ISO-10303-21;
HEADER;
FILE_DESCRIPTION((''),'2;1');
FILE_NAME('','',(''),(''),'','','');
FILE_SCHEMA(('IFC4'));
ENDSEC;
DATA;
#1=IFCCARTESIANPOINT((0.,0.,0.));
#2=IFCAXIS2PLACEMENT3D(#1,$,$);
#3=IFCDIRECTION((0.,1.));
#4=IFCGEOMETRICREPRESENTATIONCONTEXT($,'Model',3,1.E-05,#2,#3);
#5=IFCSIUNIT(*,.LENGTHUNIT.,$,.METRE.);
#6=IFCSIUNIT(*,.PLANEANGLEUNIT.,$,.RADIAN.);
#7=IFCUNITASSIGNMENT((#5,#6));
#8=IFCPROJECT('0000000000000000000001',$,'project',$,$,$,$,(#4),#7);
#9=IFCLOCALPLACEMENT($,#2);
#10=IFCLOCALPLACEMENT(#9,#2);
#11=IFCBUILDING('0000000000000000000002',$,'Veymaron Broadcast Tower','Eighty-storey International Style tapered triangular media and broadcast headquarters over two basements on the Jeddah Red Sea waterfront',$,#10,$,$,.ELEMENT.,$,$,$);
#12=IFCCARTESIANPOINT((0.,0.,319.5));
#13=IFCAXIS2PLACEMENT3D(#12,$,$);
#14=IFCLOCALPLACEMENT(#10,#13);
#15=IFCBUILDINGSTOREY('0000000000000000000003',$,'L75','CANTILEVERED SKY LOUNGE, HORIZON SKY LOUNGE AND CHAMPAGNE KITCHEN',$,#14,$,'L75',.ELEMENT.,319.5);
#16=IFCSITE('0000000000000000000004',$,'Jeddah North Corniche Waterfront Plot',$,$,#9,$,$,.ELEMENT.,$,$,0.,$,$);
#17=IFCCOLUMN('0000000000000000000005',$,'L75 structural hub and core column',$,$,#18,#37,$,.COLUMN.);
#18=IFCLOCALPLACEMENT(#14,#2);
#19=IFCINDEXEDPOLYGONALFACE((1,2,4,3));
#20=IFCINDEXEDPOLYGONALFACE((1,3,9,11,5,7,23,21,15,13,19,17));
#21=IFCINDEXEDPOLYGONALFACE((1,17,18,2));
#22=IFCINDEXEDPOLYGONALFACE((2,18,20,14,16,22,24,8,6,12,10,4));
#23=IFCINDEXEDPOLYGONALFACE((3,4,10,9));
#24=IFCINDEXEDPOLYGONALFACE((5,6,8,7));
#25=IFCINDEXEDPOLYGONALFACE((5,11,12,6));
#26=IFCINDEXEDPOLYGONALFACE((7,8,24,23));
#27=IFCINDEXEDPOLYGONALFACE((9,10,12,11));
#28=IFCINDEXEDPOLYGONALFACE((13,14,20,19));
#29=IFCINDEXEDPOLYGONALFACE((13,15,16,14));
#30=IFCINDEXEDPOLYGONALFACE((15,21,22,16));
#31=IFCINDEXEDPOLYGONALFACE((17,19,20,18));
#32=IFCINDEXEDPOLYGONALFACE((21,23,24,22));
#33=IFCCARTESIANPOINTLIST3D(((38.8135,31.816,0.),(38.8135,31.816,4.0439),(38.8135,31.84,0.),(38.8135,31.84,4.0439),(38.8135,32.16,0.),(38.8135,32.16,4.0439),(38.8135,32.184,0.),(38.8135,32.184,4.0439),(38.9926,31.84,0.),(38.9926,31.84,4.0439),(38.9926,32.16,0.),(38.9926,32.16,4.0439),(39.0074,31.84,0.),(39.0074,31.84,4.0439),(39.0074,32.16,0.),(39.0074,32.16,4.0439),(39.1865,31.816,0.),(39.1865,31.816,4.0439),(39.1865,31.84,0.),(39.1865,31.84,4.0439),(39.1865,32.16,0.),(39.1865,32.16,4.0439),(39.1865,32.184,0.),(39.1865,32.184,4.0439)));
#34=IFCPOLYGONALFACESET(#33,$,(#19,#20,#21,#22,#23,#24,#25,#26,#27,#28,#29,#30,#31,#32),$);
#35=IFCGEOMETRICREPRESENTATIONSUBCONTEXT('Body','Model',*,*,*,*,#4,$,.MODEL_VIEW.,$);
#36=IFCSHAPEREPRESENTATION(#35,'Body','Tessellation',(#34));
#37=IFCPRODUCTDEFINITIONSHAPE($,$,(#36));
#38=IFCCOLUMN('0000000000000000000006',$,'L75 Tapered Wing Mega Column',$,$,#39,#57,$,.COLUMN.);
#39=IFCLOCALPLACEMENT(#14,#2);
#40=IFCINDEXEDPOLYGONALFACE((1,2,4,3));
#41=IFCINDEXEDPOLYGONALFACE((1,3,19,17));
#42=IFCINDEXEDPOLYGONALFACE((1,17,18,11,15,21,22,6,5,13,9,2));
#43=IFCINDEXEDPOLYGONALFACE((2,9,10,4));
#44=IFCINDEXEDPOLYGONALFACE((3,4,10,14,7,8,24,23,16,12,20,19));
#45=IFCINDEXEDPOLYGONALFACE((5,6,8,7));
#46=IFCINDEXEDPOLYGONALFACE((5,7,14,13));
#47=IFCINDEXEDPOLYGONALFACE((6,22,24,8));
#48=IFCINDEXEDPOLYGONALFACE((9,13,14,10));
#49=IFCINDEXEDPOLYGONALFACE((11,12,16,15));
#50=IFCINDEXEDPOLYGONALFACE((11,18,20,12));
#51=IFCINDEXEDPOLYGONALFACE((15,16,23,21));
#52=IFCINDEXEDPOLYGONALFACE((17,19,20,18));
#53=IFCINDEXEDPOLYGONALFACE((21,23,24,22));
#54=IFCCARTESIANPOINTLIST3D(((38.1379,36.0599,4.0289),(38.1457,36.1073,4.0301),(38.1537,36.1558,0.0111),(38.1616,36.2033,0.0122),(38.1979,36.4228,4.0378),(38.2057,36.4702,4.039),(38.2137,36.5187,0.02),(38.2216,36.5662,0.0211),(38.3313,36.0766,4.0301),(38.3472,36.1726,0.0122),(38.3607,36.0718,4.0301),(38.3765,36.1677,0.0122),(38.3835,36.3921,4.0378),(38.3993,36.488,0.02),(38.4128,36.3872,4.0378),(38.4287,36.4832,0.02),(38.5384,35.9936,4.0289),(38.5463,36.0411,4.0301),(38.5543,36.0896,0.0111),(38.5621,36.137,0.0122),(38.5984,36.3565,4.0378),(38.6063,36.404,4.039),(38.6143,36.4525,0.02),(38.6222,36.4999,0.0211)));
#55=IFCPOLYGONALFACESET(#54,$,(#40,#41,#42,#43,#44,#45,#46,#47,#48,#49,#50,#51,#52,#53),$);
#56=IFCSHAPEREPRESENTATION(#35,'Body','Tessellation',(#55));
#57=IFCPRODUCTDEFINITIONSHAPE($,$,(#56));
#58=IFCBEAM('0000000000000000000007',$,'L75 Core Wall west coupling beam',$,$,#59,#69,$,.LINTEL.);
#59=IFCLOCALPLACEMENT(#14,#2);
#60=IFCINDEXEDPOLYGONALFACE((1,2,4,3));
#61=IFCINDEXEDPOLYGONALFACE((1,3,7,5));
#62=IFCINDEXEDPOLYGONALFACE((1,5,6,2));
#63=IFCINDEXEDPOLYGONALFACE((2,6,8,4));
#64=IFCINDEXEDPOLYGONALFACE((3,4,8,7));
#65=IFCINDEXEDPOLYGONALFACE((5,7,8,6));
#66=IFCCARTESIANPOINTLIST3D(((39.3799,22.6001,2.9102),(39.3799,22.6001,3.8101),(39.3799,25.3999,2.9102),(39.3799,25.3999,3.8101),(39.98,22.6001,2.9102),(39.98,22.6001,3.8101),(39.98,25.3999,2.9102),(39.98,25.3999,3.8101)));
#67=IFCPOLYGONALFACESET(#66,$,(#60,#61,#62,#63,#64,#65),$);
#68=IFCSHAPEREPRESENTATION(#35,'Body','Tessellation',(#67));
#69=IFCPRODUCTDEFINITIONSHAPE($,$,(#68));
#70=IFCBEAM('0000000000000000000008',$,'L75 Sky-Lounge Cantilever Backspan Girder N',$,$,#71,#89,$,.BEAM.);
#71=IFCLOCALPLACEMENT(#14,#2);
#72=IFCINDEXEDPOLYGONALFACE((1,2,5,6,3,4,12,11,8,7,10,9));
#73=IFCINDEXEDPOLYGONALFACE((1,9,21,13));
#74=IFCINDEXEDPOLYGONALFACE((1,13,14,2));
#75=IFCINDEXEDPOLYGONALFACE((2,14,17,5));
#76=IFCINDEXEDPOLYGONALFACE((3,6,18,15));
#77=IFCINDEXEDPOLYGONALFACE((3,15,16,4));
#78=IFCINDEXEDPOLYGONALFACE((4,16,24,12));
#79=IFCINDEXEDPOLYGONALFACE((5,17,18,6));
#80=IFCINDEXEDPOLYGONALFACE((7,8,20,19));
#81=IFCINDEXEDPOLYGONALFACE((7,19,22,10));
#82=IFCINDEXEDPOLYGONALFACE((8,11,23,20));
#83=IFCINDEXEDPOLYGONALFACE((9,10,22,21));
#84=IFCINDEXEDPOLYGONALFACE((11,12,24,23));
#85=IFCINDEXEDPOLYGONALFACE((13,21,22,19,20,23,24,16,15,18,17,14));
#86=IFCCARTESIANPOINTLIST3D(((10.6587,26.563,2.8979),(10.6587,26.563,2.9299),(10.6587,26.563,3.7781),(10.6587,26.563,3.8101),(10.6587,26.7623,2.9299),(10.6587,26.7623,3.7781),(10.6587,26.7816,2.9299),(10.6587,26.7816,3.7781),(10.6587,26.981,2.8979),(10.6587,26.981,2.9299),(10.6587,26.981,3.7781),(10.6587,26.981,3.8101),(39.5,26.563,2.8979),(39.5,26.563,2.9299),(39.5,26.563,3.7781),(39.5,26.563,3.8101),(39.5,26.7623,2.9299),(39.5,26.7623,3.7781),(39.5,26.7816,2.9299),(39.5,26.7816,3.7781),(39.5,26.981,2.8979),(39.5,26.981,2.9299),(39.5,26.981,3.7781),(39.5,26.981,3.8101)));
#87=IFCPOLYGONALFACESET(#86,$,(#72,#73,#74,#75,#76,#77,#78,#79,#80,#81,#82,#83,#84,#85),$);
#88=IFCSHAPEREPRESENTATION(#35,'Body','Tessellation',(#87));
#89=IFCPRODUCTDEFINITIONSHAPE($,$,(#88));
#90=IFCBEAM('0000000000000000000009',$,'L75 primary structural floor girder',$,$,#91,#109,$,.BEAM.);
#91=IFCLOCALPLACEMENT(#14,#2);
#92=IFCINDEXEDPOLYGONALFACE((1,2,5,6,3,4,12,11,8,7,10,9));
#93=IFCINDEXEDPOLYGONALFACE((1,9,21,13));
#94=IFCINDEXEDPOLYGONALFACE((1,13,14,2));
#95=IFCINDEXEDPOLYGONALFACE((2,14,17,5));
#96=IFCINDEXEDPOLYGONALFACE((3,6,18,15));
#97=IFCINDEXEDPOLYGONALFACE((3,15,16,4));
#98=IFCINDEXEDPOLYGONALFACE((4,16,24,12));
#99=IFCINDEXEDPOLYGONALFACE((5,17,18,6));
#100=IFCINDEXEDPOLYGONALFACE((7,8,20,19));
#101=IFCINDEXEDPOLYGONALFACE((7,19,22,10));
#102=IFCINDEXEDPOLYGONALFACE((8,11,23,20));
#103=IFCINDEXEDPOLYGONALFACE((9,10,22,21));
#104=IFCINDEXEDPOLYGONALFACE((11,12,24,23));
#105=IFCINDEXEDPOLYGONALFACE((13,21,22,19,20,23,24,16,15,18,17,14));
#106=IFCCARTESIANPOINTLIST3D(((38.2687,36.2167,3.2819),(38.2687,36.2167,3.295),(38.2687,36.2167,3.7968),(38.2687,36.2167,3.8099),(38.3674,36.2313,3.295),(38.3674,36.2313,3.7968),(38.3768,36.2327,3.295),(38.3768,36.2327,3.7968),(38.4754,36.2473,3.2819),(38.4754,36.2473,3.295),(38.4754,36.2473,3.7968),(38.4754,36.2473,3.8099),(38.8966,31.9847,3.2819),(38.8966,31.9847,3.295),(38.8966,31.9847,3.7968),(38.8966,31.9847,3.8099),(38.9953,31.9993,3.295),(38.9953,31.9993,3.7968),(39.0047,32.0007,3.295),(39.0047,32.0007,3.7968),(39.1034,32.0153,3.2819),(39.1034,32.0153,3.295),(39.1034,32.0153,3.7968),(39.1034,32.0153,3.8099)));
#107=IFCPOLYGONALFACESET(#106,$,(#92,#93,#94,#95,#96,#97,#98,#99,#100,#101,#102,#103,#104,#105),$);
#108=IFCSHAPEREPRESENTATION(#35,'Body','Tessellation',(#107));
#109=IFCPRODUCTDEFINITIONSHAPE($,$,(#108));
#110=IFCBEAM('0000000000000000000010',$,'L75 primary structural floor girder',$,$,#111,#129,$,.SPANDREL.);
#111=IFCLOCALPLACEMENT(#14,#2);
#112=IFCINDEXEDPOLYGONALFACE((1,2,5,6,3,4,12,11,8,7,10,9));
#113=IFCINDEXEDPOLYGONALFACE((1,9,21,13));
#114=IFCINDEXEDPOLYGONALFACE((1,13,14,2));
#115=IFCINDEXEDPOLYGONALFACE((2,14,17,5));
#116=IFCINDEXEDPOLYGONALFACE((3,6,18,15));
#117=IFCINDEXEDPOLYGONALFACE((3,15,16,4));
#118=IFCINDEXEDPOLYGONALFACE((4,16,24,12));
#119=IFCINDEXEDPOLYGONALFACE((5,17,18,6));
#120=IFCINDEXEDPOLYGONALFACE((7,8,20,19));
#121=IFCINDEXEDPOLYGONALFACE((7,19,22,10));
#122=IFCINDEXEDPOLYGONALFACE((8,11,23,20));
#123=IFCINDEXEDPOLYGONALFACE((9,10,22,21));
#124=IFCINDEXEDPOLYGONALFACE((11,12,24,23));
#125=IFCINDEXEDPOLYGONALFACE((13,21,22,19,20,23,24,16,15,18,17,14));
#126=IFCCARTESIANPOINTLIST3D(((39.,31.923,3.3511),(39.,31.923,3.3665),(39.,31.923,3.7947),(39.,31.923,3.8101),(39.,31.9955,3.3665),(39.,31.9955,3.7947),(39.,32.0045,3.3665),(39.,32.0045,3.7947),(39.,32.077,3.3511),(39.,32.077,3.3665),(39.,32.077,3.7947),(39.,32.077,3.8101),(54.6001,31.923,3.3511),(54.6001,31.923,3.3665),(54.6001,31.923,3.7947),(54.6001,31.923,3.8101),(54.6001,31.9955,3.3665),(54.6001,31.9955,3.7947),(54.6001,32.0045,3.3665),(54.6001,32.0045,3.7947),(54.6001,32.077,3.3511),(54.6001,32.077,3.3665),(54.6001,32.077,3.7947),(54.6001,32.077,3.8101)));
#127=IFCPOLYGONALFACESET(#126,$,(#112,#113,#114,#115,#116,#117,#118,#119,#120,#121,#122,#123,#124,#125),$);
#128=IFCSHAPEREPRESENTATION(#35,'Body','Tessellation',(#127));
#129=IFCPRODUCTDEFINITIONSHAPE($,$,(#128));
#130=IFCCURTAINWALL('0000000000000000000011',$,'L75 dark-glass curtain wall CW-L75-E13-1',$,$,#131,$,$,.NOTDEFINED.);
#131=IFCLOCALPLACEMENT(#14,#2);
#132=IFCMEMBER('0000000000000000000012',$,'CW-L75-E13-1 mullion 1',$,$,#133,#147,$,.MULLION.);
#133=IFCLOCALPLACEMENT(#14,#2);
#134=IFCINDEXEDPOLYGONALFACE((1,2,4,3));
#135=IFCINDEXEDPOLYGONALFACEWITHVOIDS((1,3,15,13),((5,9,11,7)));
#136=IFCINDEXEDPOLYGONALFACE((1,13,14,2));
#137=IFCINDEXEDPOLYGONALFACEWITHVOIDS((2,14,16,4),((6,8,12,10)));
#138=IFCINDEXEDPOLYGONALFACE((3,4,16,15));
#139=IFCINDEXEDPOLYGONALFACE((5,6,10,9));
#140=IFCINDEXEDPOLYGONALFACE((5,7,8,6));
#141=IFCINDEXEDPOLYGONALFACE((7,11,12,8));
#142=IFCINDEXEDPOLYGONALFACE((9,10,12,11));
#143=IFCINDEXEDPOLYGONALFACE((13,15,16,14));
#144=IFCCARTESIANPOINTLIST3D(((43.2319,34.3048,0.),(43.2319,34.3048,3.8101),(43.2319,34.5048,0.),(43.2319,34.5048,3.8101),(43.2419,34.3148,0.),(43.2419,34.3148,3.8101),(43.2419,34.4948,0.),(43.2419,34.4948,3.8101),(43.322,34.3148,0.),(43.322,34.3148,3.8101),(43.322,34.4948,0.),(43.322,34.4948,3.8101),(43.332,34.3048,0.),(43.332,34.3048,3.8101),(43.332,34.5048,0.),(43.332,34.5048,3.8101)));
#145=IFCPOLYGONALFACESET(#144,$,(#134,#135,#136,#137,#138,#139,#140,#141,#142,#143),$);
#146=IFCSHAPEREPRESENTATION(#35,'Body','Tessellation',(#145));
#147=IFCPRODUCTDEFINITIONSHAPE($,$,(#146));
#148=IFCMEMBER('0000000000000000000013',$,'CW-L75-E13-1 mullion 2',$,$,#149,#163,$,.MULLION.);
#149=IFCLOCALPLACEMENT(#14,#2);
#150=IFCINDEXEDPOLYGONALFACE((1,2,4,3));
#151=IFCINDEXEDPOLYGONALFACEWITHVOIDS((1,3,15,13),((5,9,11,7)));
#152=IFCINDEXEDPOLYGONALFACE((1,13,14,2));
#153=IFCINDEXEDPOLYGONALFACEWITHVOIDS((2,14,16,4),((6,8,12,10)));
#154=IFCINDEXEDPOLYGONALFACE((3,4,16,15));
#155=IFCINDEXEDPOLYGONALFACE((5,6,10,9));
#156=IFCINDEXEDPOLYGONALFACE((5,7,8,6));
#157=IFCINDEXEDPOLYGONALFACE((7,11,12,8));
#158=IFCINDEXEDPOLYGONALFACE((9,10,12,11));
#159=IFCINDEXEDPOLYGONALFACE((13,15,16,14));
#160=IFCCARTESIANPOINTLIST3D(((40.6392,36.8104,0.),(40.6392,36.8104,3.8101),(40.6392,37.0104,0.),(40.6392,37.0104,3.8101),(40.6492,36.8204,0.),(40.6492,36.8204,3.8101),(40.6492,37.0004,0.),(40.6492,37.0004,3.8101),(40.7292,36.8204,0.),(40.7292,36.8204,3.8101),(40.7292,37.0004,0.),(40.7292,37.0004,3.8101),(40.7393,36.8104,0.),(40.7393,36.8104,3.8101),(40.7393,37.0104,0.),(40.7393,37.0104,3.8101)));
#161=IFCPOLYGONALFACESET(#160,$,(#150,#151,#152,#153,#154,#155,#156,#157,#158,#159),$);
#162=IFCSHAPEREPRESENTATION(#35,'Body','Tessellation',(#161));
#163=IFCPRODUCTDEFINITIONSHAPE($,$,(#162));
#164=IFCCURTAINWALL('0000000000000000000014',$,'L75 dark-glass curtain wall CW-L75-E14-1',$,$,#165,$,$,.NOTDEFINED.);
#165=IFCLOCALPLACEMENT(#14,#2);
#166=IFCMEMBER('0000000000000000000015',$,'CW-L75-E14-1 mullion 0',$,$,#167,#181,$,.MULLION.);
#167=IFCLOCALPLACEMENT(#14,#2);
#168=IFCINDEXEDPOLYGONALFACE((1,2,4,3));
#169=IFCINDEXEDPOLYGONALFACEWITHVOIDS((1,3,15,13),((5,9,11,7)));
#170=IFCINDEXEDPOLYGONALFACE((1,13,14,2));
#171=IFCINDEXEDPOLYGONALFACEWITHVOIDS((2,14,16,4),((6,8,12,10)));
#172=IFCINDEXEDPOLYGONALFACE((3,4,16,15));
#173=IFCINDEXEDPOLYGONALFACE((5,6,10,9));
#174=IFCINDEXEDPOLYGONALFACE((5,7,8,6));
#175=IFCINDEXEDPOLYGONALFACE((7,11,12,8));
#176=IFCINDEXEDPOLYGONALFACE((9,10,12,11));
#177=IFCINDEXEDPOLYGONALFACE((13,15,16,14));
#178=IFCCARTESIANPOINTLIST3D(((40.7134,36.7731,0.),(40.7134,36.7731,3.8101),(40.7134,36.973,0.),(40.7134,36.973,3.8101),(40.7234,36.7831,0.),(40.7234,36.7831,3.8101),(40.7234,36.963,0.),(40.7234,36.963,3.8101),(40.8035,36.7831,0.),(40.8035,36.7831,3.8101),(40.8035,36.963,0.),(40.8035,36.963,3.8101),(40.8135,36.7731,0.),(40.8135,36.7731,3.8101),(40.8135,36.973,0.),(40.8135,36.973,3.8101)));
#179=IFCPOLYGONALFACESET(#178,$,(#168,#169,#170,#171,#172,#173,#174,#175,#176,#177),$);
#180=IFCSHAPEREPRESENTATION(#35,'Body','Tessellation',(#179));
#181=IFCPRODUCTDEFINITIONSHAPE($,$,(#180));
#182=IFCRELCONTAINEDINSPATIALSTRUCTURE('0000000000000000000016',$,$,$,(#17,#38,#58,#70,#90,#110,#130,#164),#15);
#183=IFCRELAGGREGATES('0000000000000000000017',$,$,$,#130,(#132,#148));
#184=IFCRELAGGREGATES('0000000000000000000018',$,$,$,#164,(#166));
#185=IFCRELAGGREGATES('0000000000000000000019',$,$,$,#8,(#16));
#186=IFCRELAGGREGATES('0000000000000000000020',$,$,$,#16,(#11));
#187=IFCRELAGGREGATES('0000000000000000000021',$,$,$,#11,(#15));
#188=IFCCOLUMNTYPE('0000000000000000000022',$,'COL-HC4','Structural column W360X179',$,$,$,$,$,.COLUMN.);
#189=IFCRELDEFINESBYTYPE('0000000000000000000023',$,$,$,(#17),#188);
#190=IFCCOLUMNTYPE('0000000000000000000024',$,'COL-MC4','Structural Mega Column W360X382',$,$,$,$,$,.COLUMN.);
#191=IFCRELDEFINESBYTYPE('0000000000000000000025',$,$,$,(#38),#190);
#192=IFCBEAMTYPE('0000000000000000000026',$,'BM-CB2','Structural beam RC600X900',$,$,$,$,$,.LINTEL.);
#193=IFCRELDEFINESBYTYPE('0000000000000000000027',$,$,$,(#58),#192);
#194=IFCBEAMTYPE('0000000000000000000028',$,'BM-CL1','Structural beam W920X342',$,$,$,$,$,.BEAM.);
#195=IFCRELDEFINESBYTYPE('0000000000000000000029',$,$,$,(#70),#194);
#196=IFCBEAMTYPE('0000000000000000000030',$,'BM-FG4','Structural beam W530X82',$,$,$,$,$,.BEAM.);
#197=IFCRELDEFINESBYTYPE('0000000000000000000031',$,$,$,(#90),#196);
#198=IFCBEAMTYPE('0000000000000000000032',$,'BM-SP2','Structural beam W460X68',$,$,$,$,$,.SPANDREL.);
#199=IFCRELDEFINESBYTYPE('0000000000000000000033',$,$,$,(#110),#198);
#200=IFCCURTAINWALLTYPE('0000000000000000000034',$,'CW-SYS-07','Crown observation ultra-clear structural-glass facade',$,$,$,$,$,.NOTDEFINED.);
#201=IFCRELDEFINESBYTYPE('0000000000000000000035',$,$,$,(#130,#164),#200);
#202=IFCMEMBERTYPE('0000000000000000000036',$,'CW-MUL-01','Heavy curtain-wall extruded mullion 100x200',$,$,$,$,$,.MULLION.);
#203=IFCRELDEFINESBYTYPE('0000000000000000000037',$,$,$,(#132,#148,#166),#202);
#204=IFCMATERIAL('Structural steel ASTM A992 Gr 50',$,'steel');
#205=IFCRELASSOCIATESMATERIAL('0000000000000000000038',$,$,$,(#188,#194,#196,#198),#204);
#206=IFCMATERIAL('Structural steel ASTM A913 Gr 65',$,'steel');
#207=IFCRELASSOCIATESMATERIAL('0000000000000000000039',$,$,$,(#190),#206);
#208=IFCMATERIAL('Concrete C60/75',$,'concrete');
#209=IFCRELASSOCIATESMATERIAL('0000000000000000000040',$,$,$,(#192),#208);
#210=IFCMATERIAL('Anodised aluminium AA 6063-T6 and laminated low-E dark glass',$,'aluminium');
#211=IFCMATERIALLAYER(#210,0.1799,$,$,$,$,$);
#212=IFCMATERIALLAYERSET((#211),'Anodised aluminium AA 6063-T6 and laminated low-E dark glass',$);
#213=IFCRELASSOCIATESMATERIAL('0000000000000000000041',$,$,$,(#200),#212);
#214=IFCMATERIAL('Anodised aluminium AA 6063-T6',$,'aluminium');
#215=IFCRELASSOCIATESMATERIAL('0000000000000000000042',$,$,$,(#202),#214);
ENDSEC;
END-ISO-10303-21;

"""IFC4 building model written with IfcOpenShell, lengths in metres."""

from ifc_helpers import new_model, si_unit, direction, frame, origin, origin_2d, place, context, subcontext, project, spatial, rectangle, hollow_rectangle, i_section, extrude, material, layer, layer_set, material_profile, profile_set, type_object, element, aggregate, save


model = new_model("IFC4")

# Units and contexts
model_context = context("Model", 3, precision=1e-05, world=origin(), true_north=direction((0.0, 1.0)))
body_context = subcontext(model_context, "Body", "Model", "MODEL_VIEW")
ifc_project = project(units=[si_unit("LENGTHUNIT", "METRE"), si_unit("PLANEANGLEUNIT", "RADIAN")], contexts=[model_context])

# Site, building, storey
site_placement = place(None, origin())
site = spatial("IfcSite", under=ifc_project, at=site_placement, Name="Jeddah North Corniche Waterfront Plot", CompositionType="ELEMENT", RefElevation=0.0)
building_placement = place(site_placement, origin())
building = spatial("IfcBuilding", under=site, at=building_placement, Name="Veymaron Broadcast Tower", Description="Eighty-storey International Style tapered triangular media and broadcast headquarters over two basements on the Jeddah Red Sea waterfront", CompositionType="ELEMENT")
storey_placement = place(building_placement, frame((0.0, 0.0, 319.5)))
storey = spatial("IfcBuildingStorey", under=building, at=storey_placement, Name="L75", Description="CANTILEVERED SKY LOUNGE, HORIZON SKY LOUNGE AND CHAMPAGNE KITCHEN", LongName="L75", CompositionType="ELEMENT", Elevation=319.5)

# Columns
ifc_material_1 = material(Name="Structural steel ASTM A992 Gr 50", Category="steel")
ifc_material_profile_1 = material_profile(ifc_material_1, i_section(OverallWidth=0.373, OverallDepth=0.3679, WebThickness=0.0149, FlangeThickness=0.0239, at=origin_2d()), Name="W360X179")
ifc_profile_set_1 = profile_set([ifc_material_profile_1], Name="Structural steel ASTM A992 Gr 50")
column_type_1 = type_object("IfcColumnType", Name="COL-HC4", Description="Structural column W360X179", PredefinedType="COLUMN", material=ifc_profile_set_1)
column_1_placement = place(storey_placement, frame((39.0, 32.0, 0.0), z_axis=(0.0, 0.0, 1.0), x_axis=(1.0, 0.0, 0.0)))
element("IfcColumn", 1, at=column_1_placement, inside=storey, type_object=column_type_1, Name="L75 structural hub and core column", PredefinedType="COLUMN", context=body_context, shape_type="SweptSolid", body=[
    extrude(i_section(OverallWidth=0.373, OverallDepth=0.3679, WebThickness=0.0149, FlangeThickness=0.0239, at=origin_2d()), origin(), (0.0, 0.0, 1.0), 4.0439),
])
ifc_material_2 = material(Name="Structural steel ASTM A913 Gr 65", Category="steel")
ifc_material_profile_2 = material_profile(ifc_material_2, i_section(OverallWidth=0.406, OverallDepth=0.416, WebThickness=0.0298, FlangeThickness=0.0481, at=origin_2d()), Name="W360X382")
ifc_profile_set_2 = profile_set([ifc_material_profile_2], Name="Structural steel ASTM A913 Gr 65")
column_type_2 = type_object("IfcColumnType", Name="COL-MC4", Description="Structural Mega Column W360X382", PredefinedType="COLUMN", material=ifc_profile_set_2)
column_2_placement = place(storey_placement, frame((38.3879, 36.3279, 0.0161), z_axis=(-0.003949, -0.023873, 0.999707), x_axis=(0.986597, -0.163178, 0.0)))
element("IfcColumn", 2, at=column_2_placement, inside=storey, type_object=column_type_2, Name="L75 Tapered Wing Mega Column", PredefinedType="COLUMN", context=body_context, shape_type="SweptSolid", body=[
    extrude(i_section(OverallWidth=0.406, OverallDepth=0.416, WebThickness=0.0298, FlangeThickness=0.0481, at=origin_2d()), origin(), (0.0, 0.0, 1.0), 4.019),
])

# Beams
ifc_material_3 = material(Name="Concrete C60/75", Category="concrete")
ifc_material_profile_3 = material_profile(ifc_material_3, rectangle(XDim=0.6001, YDim=0.8999, at=origin_2d()), Name="RC600X900")
ifc_profile_set_3 = profile_set([ifc_material_profile_3], Name="Concrete C60/75")
beam_type_1 = type_object("IfcBeamType", Name="BM-CB2", Description="Structural beam RC600X900", PredefinedType="LINTEL", material=ifc_profile_set_3)
beam_1_placement = place(storey_placement, frame((39.6799, 22.6001, 3.3601), z_axis=(0.0, 1.0, 0.0), x_axis=(-1.0, 0.0, 0.0)))
element("IfcBeam", 3, at=beam_1_placement, inside=storey, type_object=beam_type_1, Name="L75 Core Wall west coupling beam", PredefinedType="LINTEL", context=body_context, shape_type="SweptSolid", body=[
    extrude(rectangle(XDim=0.6001, YDim=0.8999, at=origin_2d()), origin(), (0.0, 0.0, 1.0), 2.7998),
])
ifc_material_profile_4 = material_profile(ifc_material_1, i_section(OverallWidth=0.418, OverallDepth=0.9121, WebThickness=0.0193, FlangeThickness=0.032, at=origin_2d()), Name="W920X342")
ifc_profile_set_4 = profile_set([ifc_material_profile_4], Name="Structural steel ASTM A992 Gr 50")
beam_type_2 = type_object("IfcBeamType", Name="BM-CL1", Description="Structural beam W920X342", PredefinedType="BEAM", material=ifc_profile_set_4)
beam_2_placement = place(storey_placement, frame((39.5, 26.772, 3.354), z_axis=(-1.0, 0.0, 0.0), x_axis=(0.0, -1.0, 0.0)))
element("IfcBeam", 4, at=beam_2_placement, inside=storey, type_object=beam_type_2, Name="L75 Sky-Lounge Cantilever Backspan Girder N", PredefinedType="BEAM", context=body_context, shape_type="SweptSolid", body=[
    extrude(i_section(OverallWidth=0.418, OverallDepth=0.9121, WebThickness=0.0193, FlangeThickness=0.032, at=origin_2d()), origin(), (0.0, 0.0, 1.0), 28.8413),
])
ifc_material_profile_5 = material_profile(ifc_material_1, i_section(OverallWidth=0.209, OverallDepth=0.5281, WebThickness=0.0095, FlangeThickness=0.0132, at=origin_2d()), Name="W530X82")
ifc_profile_set_5 = profile_set([ifc_material_profile_5], Name="Structural steel ASTM A992 Gr 50")
beam_type_3 = type_object("IfcBeamType", Name="BM-FG4", Description="Structural beam W530X82", PredefinedType="BEAM", material=ifc_profile_set_5)
beam_3_placement = place(storey_placement, frame((39.0, 32.0, 3.5459), z_axis=(-0.146772, 0.98917, 0.0), x_axis=(-0.98917, -0.146772, 0.0)))
element("IfcBeam", 5, at=beam_3_placement, inside=storey, type_object=beam_type_3, Name="L75 primary structural floor girder", PredefinedType="BEAM", context=body_context, shape_type="SweptSolid", body=[
    extrude(i_section(OverallWidth=0.209, OverallDepth=0.5281, WebThickness=0.0095, FlangeThickness=0.0132, at=origin_2d()), origin(), (0.0, 0.0, 1.0), 4.2783),
])
ifc_material_profile_6 = material_profile(ifc_material_1, i_section(OverallWidth=0.1541, OverallDepth=0.459, WebThickness=0.009, FlangeThickness=0.0154, at=origin_2d()), Name="W460X68")
ifc_profile_set_6 = profile_set([ifc_material_profile_6], Name="Structural steel ASTM A992 Gr 50")
beam_type_4 = type_object("IfcBeamType", Name="BM-SP2", Description="Structural beam W460X68", PredefinedType="SPANDREL", material=ifc_profile_set_6)
beam_4_placement = place(storey_placement, frame((39.0, 32.0, 3.5806), z_axis=(1.0, 0.0, 0.0), x_axis=(0.0, 1.0, 0.0)))
element("IfcBeam", 6, at=beam_4_placement, inside=storey, type_object=beam_type_4, Name="L75 primary structural floor girder", PredefinedType="SPANDREL", context=body_context, shape_type="SweptSolid", body=[
    extrude(i_section(OverallWidth=0.1541, OverallDepth=0.459, WebThickness=0.009, FlangeThickness=0.0154, at=origin_2d()), origin(), (0.0, 0.0, 1.0), 15.6001),
])

# Curtain walls, members
ifc_material_4 = material(Name="Anodised aluminium AA 6063-T6 and laminated low-E dark glass", Category="aluminium")
ifc_layer_1 = layer(ifc_material_4, 0.1799)
ifc_layer_set_1 = layer_set([ifc_layer_1], Name="Anodised aluminium AA 6063-T6 and laminated low-E dark glass")
curtain_wall_type = type_object("IfcCurtainWallType", Name="CW-SYS-07", Description="Crown observation ultra-clear structural-glass facade", PredefinedType="NOTDEFINED", material=ifc_layer_set_1)
curtain_wall_1_placement = place(storey_placement, origin())
curtain_wall_1 = element("IfcCurtainWall", 7, at=curtain_wall_1_placement, inside=storey, type_object=curtain_wall_type, Name="L75 dark-glass curtain wall CW-L75-E13-1", PredefinedType="NOTDEFINED")
ifc_material_5 = material(Name="Anodised aluminium AA 6063-T6", Category="aluminium")
ifc_material_profile_7 = material_profile(ifc_material_5, hollow_rectangle(XDim=0.1001, YDim=0.2, WallThickness=0.01, at=origin_2d()), Name="RHS200X100X10")
ifc_profile_set_7 = profile_set([ifc_material_profile_7], Name="Anodised aluminium AA 6063-T6")
member_type_1 = type_object("IfcMemberType", Name="CW-MUL-01", Description="Heavy curtain-wall extruded mullion 100x200", PredefinedType="MULLION", material=ifc_profile_set_7)
member_1_placement = place(storey_placement, frame((43.282, 34.4048, 0.0), z_axis=(0.0, 0.0, 1.0), x_axis=(1.0, 0.0, 0.0)))
member_1 = element("IfcMember", 8, at=member_1_placement, type_object=member_type_1, Name="CW-L75-E13-1 mullion 1", PredefinedType="MULLION", context=body_context, shape_type="SweptSolid", body=[
    extrude(hollow_rectangle(XDim=0.1001, YDim=0.2, WallThickness=0.01, at=origin_2d()), origin(), (0.0, 0.0, 1.0), 3.8101),
])
member_2_placement = place(storey_placement, frame((40.6892, 36.9104, 0.0), z_axis=(0.0, 0.0, 1.0), x_axis=(1.0, 0.0, 0.0)))
member_2 = element("IfcMember", 9, at=member_2_placement, type_object=member_type_1, Name="CW-L75-E13-1 mullion 2", PredefinedType="MULLION", context=body_context, shape_type="SweptSolid", body=[
    extrude(hollow_rectangle(XDim=0.1001, YDim=0.2, WallThickness=0.01, at=origin_2d()), origin(), (0.0, 0.0, 1.0), 3.8101),
])
curtain_wall_2_placement = place(storey_placement, origin())
curtain_wall_2 = element("IfcCurtainWall", 10, at=curtain_wall_2_placement, inside=storey, type_object=curtain_wall_type, Name="L75 dark-glass curtain wall CW-L75-E14-1", PredefinedType="NOTDEFINED")
member_3_placement = place(storey_placement, frame((40.7634, 36.873, 0.0), z_axis=(0.0, 0.0, 1.0), x_axis=(1.0, 0.0, 0.0)))
member_3 = element("IfcMember", 11, at=member_3_placement, type_object=member_type_1, Name="CW-L75-E14-1 mullion 0", PredefinedType="MULLION", context=body_context, shape_type="SweptSolid", body=[
    extrude(hollow_rectangle(XDim=0.1001, YDim=0.2, WallThickness=0.01, at=origin_2d()), origin(), (0.0, 0.0, 1.0), 3.8101),
])

aggregate(curtain_wall_1, [member_1, member_2])
aggregate(curtain_wall_2, [member_3])

save(model, "model.ifc")
